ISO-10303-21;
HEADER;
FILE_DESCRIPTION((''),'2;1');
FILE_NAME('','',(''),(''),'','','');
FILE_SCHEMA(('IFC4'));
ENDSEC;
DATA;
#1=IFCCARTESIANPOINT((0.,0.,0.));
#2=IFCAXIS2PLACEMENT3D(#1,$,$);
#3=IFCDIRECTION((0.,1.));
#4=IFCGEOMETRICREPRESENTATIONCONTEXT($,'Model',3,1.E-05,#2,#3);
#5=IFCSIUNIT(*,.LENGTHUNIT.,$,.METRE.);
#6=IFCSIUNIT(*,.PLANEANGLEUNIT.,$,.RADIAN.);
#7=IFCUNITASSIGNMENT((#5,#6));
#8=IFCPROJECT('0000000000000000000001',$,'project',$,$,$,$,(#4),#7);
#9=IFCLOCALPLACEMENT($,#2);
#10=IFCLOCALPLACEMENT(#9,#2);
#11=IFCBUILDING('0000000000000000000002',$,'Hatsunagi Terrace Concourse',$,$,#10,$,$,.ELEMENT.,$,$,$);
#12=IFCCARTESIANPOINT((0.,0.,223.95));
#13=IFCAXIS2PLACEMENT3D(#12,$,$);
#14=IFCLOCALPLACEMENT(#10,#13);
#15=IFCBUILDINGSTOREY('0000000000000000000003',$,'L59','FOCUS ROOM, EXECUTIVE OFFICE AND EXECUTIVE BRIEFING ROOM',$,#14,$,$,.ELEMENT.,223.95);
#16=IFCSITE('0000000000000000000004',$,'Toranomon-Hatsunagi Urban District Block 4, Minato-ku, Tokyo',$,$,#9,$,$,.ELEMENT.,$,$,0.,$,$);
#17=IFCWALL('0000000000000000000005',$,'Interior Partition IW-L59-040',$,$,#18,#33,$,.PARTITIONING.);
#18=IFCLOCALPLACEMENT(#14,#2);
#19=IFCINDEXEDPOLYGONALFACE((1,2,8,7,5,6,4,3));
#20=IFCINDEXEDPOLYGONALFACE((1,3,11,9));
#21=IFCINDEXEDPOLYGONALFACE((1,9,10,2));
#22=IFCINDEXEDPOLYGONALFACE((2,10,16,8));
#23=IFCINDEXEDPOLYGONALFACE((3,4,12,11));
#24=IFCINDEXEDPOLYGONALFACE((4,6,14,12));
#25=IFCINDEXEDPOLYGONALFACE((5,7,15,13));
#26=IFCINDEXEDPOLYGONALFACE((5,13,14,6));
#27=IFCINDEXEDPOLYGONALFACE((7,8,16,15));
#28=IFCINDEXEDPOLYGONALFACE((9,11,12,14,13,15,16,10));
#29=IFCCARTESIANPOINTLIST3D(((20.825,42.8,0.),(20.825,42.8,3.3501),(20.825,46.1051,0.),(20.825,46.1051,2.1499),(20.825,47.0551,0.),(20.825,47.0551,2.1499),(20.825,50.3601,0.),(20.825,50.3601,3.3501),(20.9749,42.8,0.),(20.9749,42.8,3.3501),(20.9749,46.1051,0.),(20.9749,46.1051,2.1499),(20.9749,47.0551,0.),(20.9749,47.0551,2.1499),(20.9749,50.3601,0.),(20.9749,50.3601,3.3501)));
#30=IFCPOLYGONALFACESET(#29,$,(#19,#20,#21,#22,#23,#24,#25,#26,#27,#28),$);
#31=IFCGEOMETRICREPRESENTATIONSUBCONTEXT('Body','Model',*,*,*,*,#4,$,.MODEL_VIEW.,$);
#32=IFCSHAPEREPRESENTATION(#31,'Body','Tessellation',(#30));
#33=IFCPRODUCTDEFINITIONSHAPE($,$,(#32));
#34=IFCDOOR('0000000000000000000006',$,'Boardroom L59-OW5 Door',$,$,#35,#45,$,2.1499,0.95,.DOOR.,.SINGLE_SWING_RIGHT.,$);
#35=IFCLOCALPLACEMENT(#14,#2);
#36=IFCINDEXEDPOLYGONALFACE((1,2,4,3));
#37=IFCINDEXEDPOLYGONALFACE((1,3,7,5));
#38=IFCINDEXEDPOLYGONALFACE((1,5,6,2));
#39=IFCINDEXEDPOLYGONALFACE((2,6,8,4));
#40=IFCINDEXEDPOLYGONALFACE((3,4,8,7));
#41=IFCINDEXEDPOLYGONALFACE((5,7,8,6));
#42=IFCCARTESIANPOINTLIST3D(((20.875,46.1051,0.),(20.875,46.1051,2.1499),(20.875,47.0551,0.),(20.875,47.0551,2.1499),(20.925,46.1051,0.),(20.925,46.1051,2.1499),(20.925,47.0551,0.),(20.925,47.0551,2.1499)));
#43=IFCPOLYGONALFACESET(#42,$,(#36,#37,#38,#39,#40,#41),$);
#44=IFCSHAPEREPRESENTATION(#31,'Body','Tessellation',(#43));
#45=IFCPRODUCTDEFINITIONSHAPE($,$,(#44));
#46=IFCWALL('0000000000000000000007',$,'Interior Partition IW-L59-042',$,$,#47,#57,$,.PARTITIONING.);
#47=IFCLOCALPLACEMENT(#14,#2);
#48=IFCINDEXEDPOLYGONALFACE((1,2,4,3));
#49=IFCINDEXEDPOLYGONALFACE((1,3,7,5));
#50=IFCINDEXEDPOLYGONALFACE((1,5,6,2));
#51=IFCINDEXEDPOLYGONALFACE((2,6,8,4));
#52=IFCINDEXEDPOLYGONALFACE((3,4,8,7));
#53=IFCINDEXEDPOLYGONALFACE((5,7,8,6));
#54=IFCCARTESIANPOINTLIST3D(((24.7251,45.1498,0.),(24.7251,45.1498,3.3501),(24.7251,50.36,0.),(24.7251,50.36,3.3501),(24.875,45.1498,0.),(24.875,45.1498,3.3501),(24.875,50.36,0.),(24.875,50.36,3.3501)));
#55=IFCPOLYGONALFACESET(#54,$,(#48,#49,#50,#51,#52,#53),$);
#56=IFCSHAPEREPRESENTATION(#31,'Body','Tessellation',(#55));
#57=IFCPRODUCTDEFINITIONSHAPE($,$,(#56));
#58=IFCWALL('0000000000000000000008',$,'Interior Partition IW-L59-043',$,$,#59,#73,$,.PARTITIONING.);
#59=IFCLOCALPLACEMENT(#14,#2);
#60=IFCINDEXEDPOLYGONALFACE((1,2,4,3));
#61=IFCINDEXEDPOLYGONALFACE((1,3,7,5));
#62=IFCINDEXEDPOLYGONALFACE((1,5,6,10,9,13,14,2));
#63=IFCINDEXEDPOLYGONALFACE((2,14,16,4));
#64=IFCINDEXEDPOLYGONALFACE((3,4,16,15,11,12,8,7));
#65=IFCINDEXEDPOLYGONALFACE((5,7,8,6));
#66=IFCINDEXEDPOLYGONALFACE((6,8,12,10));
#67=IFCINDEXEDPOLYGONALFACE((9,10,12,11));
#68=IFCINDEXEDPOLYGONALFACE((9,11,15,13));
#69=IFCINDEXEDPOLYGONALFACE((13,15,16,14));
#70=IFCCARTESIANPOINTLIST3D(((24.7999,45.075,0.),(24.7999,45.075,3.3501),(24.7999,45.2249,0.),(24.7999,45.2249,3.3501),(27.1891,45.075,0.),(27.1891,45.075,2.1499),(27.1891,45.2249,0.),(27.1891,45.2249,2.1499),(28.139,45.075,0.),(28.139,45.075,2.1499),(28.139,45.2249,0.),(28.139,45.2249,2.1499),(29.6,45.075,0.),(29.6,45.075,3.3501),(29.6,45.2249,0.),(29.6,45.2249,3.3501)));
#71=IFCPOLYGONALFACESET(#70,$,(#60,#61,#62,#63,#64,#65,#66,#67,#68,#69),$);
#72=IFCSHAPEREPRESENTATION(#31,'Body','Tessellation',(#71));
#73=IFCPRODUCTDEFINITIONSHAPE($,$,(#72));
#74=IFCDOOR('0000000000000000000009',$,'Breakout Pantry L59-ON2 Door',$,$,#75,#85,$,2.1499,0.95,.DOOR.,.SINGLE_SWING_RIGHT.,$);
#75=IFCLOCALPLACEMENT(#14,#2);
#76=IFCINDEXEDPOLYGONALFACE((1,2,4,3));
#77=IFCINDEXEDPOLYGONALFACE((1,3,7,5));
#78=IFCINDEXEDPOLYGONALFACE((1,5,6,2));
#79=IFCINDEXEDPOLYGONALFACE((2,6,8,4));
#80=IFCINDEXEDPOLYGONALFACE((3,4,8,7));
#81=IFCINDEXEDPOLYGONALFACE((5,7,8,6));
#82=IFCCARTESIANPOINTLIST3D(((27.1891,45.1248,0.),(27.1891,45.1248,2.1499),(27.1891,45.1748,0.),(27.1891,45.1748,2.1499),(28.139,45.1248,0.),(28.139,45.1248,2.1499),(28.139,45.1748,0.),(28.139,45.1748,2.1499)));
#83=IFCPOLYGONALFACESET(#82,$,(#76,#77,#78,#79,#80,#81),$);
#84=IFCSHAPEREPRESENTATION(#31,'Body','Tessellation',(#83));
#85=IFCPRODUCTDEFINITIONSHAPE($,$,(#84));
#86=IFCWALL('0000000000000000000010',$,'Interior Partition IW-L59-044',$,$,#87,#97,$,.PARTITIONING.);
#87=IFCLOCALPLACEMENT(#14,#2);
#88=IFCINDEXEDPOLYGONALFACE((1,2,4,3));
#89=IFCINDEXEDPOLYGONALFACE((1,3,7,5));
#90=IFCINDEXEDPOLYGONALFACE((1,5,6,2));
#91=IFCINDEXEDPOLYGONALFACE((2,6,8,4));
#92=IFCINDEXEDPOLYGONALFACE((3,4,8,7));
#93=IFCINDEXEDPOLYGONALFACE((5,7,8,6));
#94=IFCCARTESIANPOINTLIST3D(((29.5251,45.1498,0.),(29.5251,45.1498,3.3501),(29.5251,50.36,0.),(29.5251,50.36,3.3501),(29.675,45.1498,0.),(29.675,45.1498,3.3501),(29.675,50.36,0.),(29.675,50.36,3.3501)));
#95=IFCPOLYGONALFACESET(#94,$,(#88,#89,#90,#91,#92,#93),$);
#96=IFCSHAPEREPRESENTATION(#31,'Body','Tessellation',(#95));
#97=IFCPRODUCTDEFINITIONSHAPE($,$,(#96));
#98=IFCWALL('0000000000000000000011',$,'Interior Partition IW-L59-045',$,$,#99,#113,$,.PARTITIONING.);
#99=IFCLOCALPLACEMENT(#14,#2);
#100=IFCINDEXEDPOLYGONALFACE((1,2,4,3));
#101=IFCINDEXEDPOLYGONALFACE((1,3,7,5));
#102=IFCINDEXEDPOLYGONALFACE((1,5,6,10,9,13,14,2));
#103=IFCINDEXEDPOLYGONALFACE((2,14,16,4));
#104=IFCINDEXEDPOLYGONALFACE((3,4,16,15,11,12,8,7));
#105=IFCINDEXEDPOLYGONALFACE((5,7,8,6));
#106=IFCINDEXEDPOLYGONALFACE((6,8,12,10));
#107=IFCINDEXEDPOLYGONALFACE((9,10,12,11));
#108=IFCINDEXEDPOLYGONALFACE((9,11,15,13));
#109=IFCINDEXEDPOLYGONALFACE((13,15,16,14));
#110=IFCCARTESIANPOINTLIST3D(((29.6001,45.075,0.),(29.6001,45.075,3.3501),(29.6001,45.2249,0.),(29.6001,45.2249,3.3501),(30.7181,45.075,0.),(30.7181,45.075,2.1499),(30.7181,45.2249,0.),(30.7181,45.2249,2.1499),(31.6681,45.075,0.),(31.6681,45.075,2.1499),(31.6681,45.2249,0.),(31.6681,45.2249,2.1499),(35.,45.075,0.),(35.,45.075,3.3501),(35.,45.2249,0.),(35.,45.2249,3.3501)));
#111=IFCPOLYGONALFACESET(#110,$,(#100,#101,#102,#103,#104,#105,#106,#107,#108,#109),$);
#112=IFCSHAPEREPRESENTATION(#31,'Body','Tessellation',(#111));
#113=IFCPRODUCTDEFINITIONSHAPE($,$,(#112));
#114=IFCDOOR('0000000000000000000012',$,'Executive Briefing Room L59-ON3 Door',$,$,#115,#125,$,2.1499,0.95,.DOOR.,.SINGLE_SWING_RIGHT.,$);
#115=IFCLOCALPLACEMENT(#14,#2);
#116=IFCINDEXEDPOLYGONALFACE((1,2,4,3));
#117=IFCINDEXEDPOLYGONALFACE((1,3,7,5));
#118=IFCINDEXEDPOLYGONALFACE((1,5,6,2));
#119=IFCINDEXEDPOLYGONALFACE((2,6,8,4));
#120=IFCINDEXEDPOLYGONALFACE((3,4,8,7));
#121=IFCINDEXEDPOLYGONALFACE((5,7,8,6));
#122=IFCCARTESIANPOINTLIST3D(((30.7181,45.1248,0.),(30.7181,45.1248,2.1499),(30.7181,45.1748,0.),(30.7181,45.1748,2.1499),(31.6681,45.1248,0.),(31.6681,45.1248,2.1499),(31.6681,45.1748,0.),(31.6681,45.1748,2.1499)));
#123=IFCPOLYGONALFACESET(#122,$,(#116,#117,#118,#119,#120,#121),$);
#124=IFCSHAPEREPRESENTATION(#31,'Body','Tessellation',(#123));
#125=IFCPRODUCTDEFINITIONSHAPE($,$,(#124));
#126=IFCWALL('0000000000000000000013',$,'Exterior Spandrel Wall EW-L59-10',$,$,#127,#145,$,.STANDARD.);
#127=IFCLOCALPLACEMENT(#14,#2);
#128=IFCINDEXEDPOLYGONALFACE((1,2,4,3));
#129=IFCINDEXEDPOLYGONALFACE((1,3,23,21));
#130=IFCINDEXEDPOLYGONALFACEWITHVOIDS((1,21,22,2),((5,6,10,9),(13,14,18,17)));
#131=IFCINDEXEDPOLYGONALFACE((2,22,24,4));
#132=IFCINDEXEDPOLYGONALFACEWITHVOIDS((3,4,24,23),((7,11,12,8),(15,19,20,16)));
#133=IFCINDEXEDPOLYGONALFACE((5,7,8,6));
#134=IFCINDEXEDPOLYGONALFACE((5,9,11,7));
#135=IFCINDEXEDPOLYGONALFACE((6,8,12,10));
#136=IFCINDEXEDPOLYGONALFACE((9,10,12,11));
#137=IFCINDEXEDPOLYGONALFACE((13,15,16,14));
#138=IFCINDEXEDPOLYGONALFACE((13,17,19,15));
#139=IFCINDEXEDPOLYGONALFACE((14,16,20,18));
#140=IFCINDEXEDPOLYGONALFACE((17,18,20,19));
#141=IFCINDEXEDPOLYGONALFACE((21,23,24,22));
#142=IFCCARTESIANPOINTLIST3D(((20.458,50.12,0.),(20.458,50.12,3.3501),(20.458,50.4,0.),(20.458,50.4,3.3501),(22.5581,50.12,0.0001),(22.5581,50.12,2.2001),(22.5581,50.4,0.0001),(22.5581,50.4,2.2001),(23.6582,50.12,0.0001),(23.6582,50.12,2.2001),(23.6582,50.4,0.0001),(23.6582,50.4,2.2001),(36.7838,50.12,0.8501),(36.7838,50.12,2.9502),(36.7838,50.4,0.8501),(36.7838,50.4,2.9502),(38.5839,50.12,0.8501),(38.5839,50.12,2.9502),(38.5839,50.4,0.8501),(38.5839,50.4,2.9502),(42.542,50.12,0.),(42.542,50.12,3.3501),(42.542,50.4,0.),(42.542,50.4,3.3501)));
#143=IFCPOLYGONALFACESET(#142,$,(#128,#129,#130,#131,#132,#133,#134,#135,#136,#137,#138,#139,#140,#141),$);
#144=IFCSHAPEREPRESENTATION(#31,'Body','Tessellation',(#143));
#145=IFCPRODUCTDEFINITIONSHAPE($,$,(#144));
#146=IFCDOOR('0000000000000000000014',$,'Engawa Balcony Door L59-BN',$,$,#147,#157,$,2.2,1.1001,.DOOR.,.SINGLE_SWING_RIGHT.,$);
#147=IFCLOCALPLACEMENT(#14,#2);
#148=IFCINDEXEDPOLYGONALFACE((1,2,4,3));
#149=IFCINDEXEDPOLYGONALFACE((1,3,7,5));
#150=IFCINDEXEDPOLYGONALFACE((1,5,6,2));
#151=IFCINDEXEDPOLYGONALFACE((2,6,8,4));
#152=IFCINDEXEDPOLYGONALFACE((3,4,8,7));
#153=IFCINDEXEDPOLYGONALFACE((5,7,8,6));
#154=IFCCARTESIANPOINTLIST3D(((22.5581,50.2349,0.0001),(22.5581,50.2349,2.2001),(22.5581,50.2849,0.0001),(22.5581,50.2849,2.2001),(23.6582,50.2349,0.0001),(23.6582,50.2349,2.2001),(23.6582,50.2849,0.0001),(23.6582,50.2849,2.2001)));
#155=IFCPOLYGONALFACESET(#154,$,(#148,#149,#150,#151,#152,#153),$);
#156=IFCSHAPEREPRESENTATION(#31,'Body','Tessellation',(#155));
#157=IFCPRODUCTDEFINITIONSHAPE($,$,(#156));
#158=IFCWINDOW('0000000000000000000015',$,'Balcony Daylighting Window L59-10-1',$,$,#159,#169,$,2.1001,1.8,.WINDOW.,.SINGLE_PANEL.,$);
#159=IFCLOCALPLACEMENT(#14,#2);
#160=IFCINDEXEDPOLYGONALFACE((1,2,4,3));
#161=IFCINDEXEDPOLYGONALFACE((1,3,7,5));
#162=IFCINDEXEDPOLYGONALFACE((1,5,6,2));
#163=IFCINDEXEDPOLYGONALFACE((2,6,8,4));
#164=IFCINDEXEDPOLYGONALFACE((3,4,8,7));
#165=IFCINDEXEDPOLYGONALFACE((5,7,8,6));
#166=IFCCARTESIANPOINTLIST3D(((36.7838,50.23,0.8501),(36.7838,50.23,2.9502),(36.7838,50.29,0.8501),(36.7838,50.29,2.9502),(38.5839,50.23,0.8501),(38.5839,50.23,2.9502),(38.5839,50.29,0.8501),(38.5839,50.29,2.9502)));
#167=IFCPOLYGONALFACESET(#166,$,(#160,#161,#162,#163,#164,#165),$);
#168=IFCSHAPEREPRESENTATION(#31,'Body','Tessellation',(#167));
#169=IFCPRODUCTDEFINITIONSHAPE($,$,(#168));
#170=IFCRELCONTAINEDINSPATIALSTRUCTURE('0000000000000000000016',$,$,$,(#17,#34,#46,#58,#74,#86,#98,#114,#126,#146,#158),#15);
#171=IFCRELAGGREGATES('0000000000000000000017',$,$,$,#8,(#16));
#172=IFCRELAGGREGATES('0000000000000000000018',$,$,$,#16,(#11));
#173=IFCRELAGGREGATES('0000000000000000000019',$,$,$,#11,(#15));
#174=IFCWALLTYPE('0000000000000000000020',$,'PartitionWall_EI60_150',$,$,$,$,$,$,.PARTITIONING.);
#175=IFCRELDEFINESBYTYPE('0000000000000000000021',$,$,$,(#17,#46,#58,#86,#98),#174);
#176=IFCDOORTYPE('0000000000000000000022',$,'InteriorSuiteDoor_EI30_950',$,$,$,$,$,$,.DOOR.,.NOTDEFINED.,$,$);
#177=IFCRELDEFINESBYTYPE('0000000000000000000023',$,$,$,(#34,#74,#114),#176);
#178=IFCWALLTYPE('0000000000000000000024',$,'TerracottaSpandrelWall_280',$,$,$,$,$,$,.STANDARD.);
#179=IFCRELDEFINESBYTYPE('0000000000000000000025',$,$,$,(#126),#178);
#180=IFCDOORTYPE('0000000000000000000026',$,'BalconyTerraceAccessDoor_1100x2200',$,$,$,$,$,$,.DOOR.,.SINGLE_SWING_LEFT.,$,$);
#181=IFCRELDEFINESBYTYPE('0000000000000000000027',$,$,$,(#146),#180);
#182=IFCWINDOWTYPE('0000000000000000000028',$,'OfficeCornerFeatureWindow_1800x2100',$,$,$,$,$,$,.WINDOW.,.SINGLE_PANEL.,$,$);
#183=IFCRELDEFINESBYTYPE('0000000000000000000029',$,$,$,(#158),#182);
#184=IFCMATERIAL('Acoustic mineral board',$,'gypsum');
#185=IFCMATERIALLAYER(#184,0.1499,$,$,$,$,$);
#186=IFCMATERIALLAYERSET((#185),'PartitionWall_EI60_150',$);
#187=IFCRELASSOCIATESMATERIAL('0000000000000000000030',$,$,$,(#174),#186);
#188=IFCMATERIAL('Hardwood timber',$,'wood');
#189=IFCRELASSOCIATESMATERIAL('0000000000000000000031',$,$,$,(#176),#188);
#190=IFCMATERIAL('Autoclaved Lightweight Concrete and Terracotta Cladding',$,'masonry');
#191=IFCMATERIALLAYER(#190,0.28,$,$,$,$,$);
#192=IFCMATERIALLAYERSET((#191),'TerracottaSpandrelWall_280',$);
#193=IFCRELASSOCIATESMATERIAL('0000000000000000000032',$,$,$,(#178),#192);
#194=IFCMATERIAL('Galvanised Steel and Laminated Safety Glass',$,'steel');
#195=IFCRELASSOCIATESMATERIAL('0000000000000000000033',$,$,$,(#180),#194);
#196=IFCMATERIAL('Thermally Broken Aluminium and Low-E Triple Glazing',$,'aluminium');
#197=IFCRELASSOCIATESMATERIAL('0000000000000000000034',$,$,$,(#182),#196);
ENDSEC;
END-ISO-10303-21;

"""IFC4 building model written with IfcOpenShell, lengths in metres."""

from ifc_helpers import new_model, si_unit, direction, frame, frame_2d, origin, place, context, subcontext, project, spatial, rectangle, extrude, material, layer, layer_set, type_object, element, fill, save


model = new_model("IFC4")

# Units and contexts
model_context = context("Model", 3, precision=1e-05, world=origin(), true_north=direction((0.0, 1.0)))
body_context = subcontext(model_context, "Body", "Model", "MODEL_VIEW")
ifc_project = project(units=[si_unit("LENGTHUNIT", "METRE"), si_unit("PLANEANGLEUNIT", "RADIAN")], contexts=[model_context])

# Site, building, storey
site_placement = place(None, origin())
site = spatial("IfcSite", under=ifc_project, at=site_placement, Name="Toranomon-Hatsunagi Urban District Block 4, Minato-ku, Tokyo", CompositionType="ELEMENT", RefElevation=0.0)
building_placement = place(site_placement, origin())
building = spatial("IfcBuilding", under=site, at=building_placement, Name="Hatsunagi Terrace Concourse", CompositionType="ELEMENT")
storey_placement = place(building_placement, frame((0.0, 0.0, 223.95)))
storey = spatial("IfcBuildingStorey", under=building, at=storey_placement, Name="L59", Description="FOCUS ROOM, EXECUTIVE OFFICE AND EXECUTIVE BRIEFING ROOM", CompositionType="ELEMENT", Elevation=223.95)

# Wall, opening, door
ifc_material_1 = material(Name="Acoustic mineral board", Category="gypsum")
ifc_layer_1 = layer(ifc_material_1, 0.1499)
ifc_layer_set_1 = layer_set([ifc_layer_1], Name="PartitionWall_EI60_150")
wall_type_1 = type_object("IfcWallType", Name="PartitionWall_EI60_150", PredefinedType="PARTITIONING", material=ifc_layer_set_1)
wall_1_placement = place(storey_placement, frame((20.8999, 42.8, 0.0), z_axis=(0.0, 0.0, 1.0), x_axis=(0.0, 1.0, 0.0)))
wall_1 = element("IfcWall", 1, at=wall_1_placement, inside=storey, type_object=wall_type_1, Name="Interior Partition IW-L59-040", PredefinedType="PARTITIONING", context=body_context, shape_type="SweptSolid", body=[
    extrude(rectangle(XDim=7.5601, YDim=0.1499, at=frame_2d((3.78, 0.0))), origin(), (0.0, 0.0, 1.0), 3.3501),
])
opening_1_placement = place(wall_1_placement, frame((3.3049, 0.0, 0.0)))
opening_1 = element("IfcOpeningElement", 2, at=opening_1_placement, cuts=wall_1, PredefinedType="OPENING", context=body_context, shape_type="SweptSolid", body=[
    extrude(rectangle(XDim=0.95, YDim=2.1499, at=frame_2d((0.4751, 1.075))), frame((0.0, 0.085, 0.0), z_axis=(0.0, -1.0, 0.0), x_axis=(1.0, 0.0, 0.0)), (0.0, 0.0, 1.0), 0.1699),
])
ifc_material_2 = material(Name="Hardwood timber", Category="wood")
door_type_1 = type_object("IfcDoorType", Name="InteriorSuiteDoor_EI30_950", OperationType="NOTDEFINED", PredefinedType="DOOR", material=ifc_material_2)
door_1_placement = place(opening_1_placement, origin())
door_1 = element("IfcDoor", 3, at=door_1_placement, inside=storey, type_object=door_type_1, Name="Boardroom L59-OW5 Door", OperationType="SINGLE_SWING_RIGHT", OverallHeight=2.1499, OverallWidth=0.95, PredefinedType="DOOR", context=body_context, shape_type="SweptSolid", body=[
    extrude(rectangle(XDim=0.95, YDim=2.1499, at=frame_2d((0.4751, 1.075))), frame((0.0, 0.0249, 0.0), z_axis=(0.0, -1.0, 0.0), x_axis=(1.0, 0.0, 0.0)), (0.0, 0.0, 1.0), 0.05),
])
fill(opening_1, door_1)

# Wall
wall_2_placement = place(storey_placement, frame((24.8, 45.1499, 0.0), z_axis=(0.0, 0.0, 1.0), x_axis=(0.0, 1.0, 0.0)))
element("IfcWall", 4, at=wall_2_placement, inside=storey, type_object=wall_type_1, Name="Interior Partition IW-L59-042", PredefinedType="PARTITIONING", context=body_context, shape_type="SweptSolid", body=[
    extrude(rectangle(XDim=5.2102, YDim=0.1499, at=frame_2d((2.605, 0.0))), origin(), (0.0, 0.0, 1.0), 3.3501),
])

# Wall, opening, door
wall_3_placement = place(storey_placement, frame((24.8, 45.1499, 0.0), z_axis=(0.0, 0.0, 1.0), x_axis=(1.0, 0.0, 0.0)))
wall_3 = element("IfcWall", 5, at=wall_3_placement, inside=storey, type_object=wall_type_1, Name="Interior Partition IW-L59-043", PredefinedType="PARTITIONING", context=body_context, shape_type="SweptSolid", body=[
    extrude(rectangle(XDim=4.8, YDim=0.1499, at=frame_2d((2.3999, 0.0))), origin(), (0.0, 0.0, 1.0), 3.3501),
])
opening_2_placement = place(wall_3_placement, frame((2.3889, 0.0, 0.0)))
opening_2 = element("IfcOpeningElement", 6, at=opening_2_placement, cuts=wall_3, PredefinedType="OPENING", context=body_context, shape_type="SweptSolid", body=[
    extrude(rectangle(XDim=0.95, YDim=2.1499, at=frame_2d((0.4751, 1.075))), frame((0.0, 0.085, 0.0), z_axis=(0.0, -1.0, 0.0), x_axis=(1.0, 0.0, 0.0)), (0.0, 0.0, 1.0), 0.1699),
])
door_2_placement = place(opening_2_placement, origin())
door_2 = element("IfcDoor", 7, at=door_2_placement, inside=storey, type_object=door_type_1, Name="Breakout Pantry L59-ON2 Door", OperationType="SINGLE_SWING_RIGHT", OverallHeight=2.1499, OverallWidth=0.95, PredefinedType="DOOR", context=body_context, shape_type="SweptSolid", body=[
    extrude(rectangle(XDim=0.95, YDim=2.1499, at=frame_2d((0.4751, 1.075))), frame((0.0, 0.0249, 0.0), z_axis=(0.0, -1.0, 0.0), x_axis=(1.0, 0.0, 0.0)), (0.0, 0.0, 1.0), 0.05),
])
fill(opening_2, door_2)

# Wall
wall_4_placement = place(storey_placement, frame((29.6001, 45.1499, 0.0), z_axis=(0.0, 0.0, 1.0), x_axis=(0.0, 1.0, 0.0)))
element("IfcWall", 8, at=wall_4_placement, inside=storey, type_object=wall_type_1, Name="Interior Partition IW-L59-044", PredefinedType="PARTITIONING", context=body_context, shape_type="SweptSolid", body=[
    extrude(rectangle(XDim=5.2102, YDim=0.1499, at=frame_2d((2.605, 0.0))), origin(), (0.0, 0.0, 1.0), 3.3501),
])

# Wall, opening, door
wall_5_placement = place(storey_placement, frame((29.6001, 45.1499, 0.0), z_axis=(0.0, 0.0, 1.0), x_axis=(1.0, 0.0, 0.0)))
wall_5 = element("IfcWall", 9, at=wall_5_placement, inside=storey, type_object=wall_type_1, Name="Interior Partition IW-L59-045", PredefinedType="PARTITIONING", context=body_context, shape_type="SweptSolid", body=[
    extrude(rectangle(XDim=5.3999, YDim=0.1499, at=frame_2d((2.7, 0.0))), origin(), (0.0, 0.0, 1.0), 3.3501),
])
opening_3_placement = place(wall_5_placement, frame((1.1179, 0.0, 0.0)))
opening_3 = element("IfcOpeningElement", 10, at=opening_3_placement, cuts=wall_5, PredefinedType="OPENING", context=body_context, shape_type="SweptSolid", body=[
    extrude(rectangle(XDim=0.95, YDim=2.1499, at=frame_2d((0.4751, 1.075))), frame((0.0, 0.085, 0.0), z_axis=(0.0, -1.0, 0.0), x_axis=(1.0, 0.0, 0.0)), (0.0, 0.0, 1.0), 0.1699),
])
door_3_placement = place(opening_3_placement, origin())
door_3 = element("IfcDoor", 11, at=door_3_placement, inside=storey, type_object=door_type_1, Name="Executive Briefing Room L59-ON3 Door", OperationType="SINGLE_SWING_RIGHT", OverallHeight=2.1499, OverallWidth=0.95, PredefinedType="DOOR", context=body_context, shape_type="SweptSolid", body=[
    extrude(rectangle(XDim=0.95, YDim=2.1499, at=frame_2d((0.4751, 1.075))), frame((0.0, 0.0249, 0.0), z_axis=(0.0, -1.0, 0.0), x_axis=(1.0, 0.0, 0.0)), (0.0, 0.0, 1.0), 0.05),
])
fill(opening_3, door_3)

# Wall, openings, door, window
ifc_material_3 = material(Name="Autoclaved Lightweight Concrete and Terracotta Cladding", Category="masonry")
ifc_layer_2 = layer(ifc_material_3, 0.28)
ifc_layer_set_2 = layer_set([ifc_layer_2], Name="TerracottaSpandrelWall_280")
wall_type_2 = type_object("IfcWallType", Name="TerracottaSpandrelWall_280", PredefinedType="STANDARD", material=ifc_layer_set_2)
wall_6_placement = place(storey_placement, frame((20.458, 50.26, 0.0), z_axis=(0.0, 0.0, 1.0), x_axis=(1.0, 0.0, 0.0)))
wall_6 = element("IfcWall", 12, at=wall_6_placement, inside=storey, type_object=wall_type_2, Name="Exterior Spandrel Wall EW-L59-10", PredefinedType="STANDARD", context=body_context, shape_type="SweptSolid", body=[
    extrude(rectangle(XDim=22.084, YDim=0.28, at=frame_2d((11.042, 0.0))), origin(), (0.0, 0.0, 1.0), 3.3501),
])
opening_4_placement = place(wall_6_placement, frame((2.1001, 0.0, 0.0)))
opening_4 = element("IfcOpeningElement", 13, at=opening_4_placement, cuts=wall_6, PredefinedType="OPENING", context=body_context, shape_type="SweptSolid", body=[
    extrude(rectangle(XDim=1.1001, YDim=2.2, at=frame_2d((0.55, 1.1001))), frame((0.0, 0.1499, 0.0), z_axis=(0.0, -1.0, 0.0), x_axis=(1.0, 0.0, 0.0)), (0.0, 0.0, 1.0), 0.3),
])
opening_5_placement = place(wall_6_placement, frame((16.3259, 0.0, 0.8501)))
opening_5 = element("IfcOpeningElement", 14, at=opening_5_placement, cuts=wall_6, PredefinedType="OPENING", context=body_context, shape_type="SweptSolid", body=[
    extrude(rectangle(XDim=1.8, YDim=2.1001, at=frame_2d((0.8999, 1.05))), frame((0.0, 0.1499, 0.0), z_axis=(0.0, -1.0, 0.0), x_axis=(1.0, 0.0, 0.0)), (0.0, 0.0, 1.0), 0.3),
])
ifc_material_4 = material(Name="Galvanised Steel and Laminated Safety Glass", Category="steel")
door_type_2 = type_object("IfcDoorType", Name="BalconyTerraceAccessDoor_1100x2200", OperationType="SINGLE_SWING_LEFT", PredefinedType="DOOR", material=ifc_material_4)
door_4_placement = place(opening_4_placement, origin())
door_4 = element("IfcDoor", 15, at=door_4_placement, inside=storey, type_object=door_type_2, Name="Engawa Balcony Door L59-BN", OperationType="SINGLE_SWING_RIGHT", OverallHeight=2.2, OverallWidth=1.1001, PredefinedType="DOOR", context=body_context, shape_type="SweptSolid", body=[
    extrude(rectangle(XDim=1.1001, YDim=2.2, at=frame_2d((0.55, 1.1001))), frame((0.0, 0.0249, 0.0), z_axis=(0.0, -1.0, 0.0), x_axis=(1.0, 0.0, 0.0)), (0.0, 0.0, 1.0), 0.05),
])
fill(opening_4, door_4)
ifc_material_5 = material(Name="Thermally Broken Aluminium and Low-E Triple Glazing", Category="aluminium")
window_type = type_object("IfcWindowType", Name="OfficeCornerFeatureWindow_1800x2100", PartitioningType="SINGLE_PANEL", PredefinedType="WINDOW", material=ifc_material_5)
window_placement = place(opening_5_placement, origin())
window = element("IfcWindow", 16, at=window_placement, inside=storey, type_object=window_type, Name="Balcony Daylighting Window L59-10-1", OverallHeight=2.1001, OverallWidth=1.8, PartitioningType="SINGLE_PANEL", PredefinedType="WINDOW", context=body_context, shape_type="SweptSolid", body=[
    extrude(rectangle(XDim=1.8, YDim=2.1001, at=frame_2d((0.8999, 1.05))), frame((0.0, 0.03, 0.0), z_axis=(0.0, -1.0, 0.0), x_axis=(1.0, 0.0, 0.0)), (0.0, 0.0, 1.0), 0.0601),
])
fill(opening_5, window)

save(model, "model.ifc")
